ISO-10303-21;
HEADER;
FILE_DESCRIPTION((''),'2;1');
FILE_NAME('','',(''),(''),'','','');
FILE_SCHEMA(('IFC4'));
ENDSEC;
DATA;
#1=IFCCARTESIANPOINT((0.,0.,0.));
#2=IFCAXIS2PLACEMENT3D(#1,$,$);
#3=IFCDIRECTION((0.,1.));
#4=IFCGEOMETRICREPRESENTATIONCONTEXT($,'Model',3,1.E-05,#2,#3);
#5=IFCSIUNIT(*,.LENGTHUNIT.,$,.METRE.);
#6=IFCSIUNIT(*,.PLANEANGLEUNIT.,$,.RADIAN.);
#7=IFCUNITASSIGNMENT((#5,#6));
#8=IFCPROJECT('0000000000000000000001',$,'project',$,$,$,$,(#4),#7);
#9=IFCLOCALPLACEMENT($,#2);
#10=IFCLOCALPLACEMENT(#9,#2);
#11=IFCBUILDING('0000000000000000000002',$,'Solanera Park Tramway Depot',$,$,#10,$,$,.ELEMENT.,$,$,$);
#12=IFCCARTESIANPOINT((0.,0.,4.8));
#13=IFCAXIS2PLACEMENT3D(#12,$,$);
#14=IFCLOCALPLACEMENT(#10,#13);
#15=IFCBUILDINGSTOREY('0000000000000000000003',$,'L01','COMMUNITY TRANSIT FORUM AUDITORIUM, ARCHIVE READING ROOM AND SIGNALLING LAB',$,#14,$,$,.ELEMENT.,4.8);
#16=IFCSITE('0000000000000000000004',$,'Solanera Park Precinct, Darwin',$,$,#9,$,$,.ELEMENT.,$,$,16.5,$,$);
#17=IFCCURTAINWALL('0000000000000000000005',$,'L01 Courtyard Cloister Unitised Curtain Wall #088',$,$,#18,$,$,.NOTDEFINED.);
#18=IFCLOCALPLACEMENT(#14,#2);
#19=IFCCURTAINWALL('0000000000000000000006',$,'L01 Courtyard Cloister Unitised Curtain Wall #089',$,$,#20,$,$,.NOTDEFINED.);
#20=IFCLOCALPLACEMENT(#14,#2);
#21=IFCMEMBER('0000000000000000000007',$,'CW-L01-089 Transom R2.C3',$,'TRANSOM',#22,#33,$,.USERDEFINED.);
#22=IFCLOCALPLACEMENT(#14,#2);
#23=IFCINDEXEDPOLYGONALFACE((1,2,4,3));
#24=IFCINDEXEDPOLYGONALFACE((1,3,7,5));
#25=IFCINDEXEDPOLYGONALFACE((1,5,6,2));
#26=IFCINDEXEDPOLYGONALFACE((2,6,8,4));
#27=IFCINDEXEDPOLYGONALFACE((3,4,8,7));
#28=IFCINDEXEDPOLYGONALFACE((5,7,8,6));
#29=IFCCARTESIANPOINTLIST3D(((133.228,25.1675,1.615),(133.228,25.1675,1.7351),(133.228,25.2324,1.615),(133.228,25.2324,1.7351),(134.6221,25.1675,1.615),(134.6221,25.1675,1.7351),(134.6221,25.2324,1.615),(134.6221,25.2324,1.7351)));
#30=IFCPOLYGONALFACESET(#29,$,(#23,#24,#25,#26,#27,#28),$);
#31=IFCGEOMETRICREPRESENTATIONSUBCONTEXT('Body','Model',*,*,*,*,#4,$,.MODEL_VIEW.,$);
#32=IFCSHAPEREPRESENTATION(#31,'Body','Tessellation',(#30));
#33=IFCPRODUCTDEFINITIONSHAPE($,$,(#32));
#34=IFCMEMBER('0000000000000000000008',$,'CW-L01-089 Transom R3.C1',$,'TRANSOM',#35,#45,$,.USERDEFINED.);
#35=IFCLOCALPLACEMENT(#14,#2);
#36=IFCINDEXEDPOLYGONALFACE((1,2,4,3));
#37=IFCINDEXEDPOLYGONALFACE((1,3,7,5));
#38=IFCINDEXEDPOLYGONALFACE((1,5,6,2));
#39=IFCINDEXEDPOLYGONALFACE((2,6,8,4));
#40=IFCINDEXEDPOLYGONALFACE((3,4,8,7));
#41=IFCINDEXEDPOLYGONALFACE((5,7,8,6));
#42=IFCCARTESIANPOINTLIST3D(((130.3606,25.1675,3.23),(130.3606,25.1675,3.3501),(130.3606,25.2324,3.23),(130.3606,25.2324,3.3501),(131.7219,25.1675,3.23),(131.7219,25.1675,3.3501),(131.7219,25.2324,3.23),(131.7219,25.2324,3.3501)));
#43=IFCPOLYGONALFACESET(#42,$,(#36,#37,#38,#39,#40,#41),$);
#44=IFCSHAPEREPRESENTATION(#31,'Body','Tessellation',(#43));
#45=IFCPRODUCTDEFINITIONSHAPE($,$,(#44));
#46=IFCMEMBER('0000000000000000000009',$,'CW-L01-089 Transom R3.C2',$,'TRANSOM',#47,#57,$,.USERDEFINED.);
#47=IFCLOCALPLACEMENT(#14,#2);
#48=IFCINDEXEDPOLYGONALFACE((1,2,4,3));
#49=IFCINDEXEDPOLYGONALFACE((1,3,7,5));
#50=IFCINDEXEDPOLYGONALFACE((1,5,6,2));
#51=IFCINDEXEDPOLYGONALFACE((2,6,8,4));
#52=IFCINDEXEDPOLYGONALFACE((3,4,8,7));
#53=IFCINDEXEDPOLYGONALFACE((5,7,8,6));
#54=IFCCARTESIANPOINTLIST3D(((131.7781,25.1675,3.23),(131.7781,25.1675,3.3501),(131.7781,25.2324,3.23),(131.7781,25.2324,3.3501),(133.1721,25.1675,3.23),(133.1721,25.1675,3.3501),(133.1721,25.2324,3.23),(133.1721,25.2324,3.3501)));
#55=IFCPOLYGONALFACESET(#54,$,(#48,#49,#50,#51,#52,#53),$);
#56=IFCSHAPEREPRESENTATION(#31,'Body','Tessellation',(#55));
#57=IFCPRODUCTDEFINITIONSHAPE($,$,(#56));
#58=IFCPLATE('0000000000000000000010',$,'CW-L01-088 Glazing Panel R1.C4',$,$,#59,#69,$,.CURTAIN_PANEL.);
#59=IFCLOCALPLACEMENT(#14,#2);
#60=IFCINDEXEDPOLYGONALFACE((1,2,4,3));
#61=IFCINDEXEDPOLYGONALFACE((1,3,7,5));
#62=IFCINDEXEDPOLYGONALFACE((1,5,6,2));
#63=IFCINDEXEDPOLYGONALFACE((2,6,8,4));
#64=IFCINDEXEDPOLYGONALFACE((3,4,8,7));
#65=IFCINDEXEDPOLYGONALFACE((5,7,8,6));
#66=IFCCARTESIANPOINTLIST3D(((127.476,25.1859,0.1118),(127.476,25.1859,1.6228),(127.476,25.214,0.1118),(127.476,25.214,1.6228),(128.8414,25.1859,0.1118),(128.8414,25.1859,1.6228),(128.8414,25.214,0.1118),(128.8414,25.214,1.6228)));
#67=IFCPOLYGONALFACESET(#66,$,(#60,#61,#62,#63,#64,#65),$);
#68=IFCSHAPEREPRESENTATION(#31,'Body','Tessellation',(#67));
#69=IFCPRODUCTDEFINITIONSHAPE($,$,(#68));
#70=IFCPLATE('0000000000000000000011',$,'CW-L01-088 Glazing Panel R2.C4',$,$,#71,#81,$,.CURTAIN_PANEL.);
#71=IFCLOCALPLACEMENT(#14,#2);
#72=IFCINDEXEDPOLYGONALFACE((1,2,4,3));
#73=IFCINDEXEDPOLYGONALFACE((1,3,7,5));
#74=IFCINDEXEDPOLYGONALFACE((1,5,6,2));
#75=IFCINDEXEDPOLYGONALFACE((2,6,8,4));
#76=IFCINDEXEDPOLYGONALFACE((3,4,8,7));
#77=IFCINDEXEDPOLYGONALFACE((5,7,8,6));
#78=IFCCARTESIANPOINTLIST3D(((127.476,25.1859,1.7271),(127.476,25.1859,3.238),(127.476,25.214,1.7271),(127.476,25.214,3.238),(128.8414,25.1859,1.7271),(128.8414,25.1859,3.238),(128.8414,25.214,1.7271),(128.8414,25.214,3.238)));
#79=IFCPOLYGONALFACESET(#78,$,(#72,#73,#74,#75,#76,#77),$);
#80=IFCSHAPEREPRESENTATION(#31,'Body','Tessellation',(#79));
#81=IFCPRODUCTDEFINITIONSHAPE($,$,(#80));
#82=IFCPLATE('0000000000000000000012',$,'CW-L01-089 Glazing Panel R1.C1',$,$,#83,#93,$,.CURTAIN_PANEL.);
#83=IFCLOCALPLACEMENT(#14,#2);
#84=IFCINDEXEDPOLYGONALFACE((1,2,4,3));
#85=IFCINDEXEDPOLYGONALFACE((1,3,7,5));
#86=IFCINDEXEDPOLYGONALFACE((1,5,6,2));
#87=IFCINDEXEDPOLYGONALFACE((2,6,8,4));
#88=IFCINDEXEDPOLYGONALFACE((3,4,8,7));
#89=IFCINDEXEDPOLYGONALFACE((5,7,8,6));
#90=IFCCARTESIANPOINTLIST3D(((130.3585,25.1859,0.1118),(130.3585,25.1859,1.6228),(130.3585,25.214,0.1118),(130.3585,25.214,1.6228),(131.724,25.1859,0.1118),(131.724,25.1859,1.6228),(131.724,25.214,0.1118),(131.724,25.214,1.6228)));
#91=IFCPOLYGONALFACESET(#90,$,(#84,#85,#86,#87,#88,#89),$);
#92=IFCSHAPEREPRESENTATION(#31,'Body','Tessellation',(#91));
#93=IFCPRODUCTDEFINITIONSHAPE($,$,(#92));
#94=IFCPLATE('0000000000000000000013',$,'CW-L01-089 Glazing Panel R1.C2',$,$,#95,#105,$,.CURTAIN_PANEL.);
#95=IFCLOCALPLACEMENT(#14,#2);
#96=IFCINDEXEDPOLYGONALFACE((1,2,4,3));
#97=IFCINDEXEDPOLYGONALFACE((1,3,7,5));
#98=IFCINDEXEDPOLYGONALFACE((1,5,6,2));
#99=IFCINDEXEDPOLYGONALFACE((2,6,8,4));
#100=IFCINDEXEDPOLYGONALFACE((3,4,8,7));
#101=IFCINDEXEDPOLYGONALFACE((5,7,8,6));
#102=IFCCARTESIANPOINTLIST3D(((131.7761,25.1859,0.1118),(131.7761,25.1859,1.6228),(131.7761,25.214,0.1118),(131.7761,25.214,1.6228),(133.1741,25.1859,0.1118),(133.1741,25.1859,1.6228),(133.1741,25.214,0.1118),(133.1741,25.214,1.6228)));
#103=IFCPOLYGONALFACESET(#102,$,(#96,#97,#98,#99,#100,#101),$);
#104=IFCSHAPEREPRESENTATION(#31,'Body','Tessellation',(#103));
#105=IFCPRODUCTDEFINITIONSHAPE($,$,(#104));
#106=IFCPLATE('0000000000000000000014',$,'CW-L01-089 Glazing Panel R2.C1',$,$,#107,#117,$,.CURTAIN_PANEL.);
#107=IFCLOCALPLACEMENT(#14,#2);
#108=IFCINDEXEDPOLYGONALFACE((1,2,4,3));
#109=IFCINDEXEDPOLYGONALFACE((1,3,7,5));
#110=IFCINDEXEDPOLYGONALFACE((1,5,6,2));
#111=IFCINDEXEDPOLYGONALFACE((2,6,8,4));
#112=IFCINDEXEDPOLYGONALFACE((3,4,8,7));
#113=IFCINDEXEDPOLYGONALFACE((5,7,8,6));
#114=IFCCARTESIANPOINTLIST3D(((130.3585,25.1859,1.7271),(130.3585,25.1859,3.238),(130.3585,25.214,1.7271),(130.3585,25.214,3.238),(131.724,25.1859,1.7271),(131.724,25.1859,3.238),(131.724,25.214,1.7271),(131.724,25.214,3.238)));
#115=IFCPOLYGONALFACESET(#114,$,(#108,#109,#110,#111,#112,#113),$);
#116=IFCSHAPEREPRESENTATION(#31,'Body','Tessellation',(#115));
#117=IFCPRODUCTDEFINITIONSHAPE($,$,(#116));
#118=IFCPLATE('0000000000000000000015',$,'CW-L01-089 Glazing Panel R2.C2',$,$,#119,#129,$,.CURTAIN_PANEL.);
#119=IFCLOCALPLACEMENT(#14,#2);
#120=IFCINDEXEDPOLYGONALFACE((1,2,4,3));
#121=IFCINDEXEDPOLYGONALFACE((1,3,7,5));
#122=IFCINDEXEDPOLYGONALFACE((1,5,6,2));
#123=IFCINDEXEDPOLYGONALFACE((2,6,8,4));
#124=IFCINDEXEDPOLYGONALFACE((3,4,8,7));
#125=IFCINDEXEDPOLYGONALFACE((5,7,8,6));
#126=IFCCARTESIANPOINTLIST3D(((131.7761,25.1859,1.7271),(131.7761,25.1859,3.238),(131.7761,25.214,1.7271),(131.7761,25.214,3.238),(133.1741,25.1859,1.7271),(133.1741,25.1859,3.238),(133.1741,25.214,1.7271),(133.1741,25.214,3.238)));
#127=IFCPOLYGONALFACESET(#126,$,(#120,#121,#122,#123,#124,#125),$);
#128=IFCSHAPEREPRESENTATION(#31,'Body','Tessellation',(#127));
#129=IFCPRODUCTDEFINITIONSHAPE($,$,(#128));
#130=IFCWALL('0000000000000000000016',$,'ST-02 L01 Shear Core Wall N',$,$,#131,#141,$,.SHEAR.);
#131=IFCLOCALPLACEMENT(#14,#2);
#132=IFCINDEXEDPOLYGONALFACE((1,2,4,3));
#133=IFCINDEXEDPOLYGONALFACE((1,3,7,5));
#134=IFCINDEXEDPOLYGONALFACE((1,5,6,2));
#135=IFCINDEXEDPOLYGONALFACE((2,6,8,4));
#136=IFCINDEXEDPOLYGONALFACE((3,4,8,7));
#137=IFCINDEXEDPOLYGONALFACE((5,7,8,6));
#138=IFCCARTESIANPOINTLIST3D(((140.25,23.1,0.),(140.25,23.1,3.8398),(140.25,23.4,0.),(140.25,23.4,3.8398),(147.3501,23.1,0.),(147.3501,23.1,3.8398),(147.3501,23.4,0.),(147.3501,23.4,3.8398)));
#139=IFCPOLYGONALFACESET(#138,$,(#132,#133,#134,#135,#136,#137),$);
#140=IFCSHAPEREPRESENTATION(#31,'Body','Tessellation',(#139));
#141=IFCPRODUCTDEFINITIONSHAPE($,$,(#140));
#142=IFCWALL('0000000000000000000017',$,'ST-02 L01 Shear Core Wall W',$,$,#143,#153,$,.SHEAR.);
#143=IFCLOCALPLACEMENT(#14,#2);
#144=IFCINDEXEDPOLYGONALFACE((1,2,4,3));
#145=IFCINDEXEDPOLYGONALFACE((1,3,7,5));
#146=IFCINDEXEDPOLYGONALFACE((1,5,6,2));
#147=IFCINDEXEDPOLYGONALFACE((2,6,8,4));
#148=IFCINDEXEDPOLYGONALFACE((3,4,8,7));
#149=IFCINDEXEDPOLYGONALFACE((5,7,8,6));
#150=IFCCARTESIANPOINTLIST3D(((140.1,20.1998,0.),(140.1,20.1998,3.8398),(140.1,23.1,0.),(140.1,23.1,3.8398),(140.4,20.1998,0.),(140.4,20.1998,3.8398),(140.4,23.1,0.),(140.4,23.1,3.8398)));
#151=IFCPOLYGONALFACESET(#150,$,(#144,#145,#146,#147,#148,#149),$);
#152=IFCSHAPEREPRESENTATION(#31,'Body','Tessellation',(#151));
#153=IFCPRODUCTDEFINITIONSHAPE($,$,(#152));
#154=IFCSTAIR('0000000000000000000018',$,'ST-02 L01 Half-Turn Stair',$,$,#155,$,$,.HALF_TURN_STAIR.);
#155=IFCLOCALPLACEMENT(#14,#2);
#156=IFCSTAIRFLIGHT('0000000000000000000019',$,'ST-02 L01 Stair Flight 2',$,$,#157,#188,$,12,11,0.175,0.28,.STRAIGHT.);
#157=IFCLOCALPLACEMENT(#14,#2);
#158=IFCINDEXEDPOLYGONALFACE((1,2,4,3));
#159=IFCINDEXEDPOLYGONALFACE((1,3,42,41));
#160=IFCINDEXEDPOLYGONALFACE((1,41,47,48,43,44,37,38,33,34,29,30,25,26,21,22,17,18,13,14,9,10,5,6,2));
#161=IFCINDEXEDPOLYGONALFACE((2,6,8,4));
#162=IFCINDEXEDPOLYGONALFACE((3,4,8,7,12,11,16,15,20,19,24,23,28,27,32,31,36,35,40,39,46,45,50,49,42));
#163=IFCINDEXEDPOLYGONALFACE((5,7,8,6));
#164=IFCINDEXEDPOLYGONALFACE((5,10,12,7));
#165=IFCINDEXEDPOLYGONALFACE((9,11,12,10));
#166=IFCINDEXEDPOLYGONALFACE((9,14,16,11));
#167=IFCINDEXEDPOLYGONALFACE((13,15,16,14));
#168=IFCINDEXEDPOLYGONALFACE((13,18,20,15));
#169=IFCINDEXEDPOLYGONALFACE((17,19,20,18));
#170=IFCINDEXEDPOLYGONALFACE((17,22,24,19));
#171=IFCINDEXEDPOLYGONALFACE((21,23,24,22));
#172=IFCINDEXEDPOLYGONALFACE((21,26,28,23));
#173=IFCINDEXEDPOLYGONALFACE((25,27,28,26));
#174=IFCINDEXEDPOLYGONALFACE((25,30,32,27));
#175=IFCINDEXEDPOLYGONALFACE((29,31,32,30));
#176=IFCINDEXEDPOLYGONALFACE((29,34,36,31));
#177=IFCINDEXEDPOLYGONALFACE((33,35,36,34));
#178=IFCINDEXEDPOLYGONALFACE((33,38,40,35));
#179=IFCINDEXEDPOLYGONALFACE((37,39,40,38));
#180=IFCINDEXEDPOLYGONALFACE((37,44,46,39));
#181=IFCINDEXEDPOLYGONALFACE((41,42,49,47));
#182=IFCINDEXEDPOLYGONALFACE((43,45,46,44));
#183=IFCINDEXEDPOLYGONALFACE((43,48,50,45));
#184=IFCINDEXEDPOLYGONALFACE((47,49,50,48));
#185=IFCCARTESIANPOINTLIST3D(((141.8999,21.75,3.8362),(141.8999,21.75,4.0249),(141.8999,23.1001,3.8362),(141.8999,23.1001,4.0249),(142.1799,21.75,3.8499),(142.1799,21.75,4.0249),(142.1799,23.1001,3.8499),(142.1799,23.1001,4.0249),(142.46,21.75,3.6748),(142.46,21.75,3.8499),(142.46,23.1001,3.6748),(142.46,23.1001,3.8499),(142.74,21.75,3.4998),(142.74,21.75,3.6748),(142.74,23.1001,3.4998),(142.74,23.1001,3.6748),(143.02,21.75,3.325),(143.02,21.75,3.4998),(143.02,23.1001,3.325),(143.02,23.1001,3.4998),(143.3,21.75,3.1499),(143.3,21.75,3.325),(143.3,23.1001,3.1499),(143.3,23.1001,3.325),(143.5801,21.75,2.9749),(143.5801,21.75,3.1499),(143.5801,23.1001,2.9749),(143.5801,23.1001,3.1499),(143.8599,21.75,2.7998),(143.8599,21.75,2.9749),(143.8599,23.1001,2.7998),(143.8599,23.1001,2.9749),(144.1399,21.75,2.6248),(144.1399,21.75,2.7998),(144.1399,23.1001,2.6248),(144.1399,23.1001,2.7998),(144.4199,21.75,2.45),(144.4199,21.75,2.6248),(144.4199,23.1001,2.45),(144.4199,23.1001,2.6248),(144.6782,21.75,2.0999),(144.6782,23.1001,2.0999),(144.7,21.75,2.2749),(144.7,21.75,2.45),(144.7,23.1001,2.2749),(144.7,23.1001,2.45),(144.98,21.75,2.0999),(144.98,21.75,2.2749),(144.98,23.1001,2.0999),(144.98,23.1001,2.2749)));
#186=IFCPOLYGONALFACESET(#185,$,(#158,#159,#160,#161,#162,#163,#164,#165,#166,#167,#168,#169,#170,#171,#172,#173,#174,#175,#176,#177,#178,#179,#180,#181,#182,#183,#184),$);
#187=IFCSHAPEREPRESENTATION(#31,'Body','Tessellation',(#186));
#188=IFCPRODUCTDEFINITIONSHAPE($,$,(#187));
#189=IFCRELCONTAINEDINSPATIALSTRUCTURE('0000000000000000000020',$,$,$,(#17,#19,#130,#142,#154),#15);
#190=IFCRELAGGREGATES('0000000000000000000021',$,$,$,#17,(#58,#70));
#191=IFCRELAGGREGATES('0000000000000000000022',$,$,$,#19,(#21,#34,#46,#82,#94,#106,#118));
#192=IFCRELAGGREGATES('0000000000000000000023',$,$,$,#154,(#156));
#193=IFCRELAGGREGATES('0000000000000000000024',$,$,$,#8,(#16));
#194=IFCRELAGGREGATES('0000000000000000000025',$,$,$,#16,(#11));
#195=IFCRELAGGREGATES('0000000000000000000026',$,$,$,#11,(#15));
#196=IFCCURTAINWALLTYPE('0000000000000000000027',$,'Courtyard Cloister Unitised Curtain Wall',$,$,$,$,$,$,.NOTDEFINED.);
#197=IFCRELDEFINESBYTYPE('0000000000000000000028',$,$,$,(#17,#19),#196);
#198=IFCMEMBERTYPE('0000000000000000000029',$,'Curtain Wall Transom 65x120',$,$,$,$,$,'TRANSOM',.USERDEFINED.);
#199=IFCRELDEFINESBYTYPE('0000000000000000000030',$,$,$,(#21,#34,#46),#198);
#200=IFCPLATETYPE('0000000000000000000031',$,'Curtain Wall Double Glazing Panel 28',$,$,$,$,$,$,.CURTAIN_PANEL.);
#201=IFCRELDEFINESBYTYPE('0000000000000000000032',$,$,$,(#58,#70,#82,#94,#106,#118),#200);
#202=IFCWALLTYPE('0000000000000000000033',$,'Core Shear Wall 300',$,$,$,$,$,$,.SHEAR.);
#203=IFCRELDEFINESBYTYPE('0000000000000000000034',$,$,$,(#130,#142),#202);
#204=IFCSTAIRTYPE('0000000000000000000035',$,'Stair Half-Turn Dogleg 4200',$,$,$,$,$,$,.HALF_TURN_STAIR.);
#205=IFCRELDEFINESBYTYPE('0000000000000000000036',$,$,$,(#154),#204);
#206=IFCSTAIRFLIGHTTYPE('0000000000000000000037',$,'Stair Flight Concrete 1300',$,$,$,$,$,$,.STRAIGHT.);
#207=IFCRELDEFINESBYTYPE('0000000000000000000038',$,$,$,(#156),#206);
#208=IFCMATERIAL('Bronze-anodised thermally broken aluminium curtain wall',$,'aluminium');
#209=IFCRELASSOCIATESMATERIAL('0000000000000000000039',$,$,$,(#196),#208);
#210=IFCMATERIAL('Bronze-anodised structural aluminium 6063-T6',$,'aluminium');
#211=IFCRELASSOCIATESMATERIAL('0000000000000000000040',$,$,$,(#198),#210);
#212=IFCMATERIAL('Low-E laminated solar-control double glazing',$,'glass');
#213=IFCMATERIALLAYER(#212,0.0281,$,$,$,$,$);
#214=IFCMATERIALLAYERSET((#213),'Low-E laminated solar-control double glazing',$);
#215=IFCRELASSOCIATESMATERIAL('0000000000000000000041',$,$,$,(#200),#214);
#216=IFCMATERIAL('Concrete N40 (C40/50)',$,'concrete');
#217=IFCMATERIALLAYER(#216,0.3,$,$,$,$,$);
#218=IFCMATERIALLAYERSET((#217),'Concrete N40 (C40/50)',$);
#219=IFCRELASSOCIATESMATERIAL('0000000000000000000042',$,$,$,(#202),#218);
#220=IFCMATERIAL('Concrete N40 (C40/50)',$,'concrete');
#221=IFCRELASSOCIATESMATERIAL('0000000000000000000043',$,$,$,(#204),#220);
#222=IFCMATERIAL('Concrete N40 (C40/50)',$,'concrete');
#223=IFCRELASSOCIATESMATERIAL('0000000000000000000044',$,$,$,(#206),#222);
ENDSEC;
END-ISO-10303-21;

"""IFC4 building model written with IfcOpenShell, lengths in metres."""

from ifc_helpers import new_model, si_unit, direction, frame, frame_2d, origin, origin_2d, place, context, subcontext, project, spatial, polyline, rectangle, outline, extrude, material, layer, layer_set, material_profile, profile_set, type_object, element, aggregate, save


model = new_model("IFC4")

# Units and contexts
model_context = context("Model", 3, precision=1e-05, world=origin(), true_north=direction((0.0, 1.0)))
body_context = subcontext(model_context, "Body", "Model", "MODEL_VIEW")
ifc_project = project(units=[si_unit("LENGTHUNIT", "METRE"), si_unit("PLANEANGLEUNIT", "RADIAN")], contexts=[model_context])

# Site, building, storey
site_placement = place(None, origin())
site = spatial("IfcSite", under=ifc_project, at=site_placement, Name="Solanera Park Precinct, Darwin", CompositionType="ELEMENT", RefElevation=16.5)
building_placement = place(site_placement, origin())
building = spatial("IfcBuilding", under=site, at=building_placement, Name="Solanera Park Tramway Depot", CompositionType="ELEMENT")
storey_placement = place(building_placement, frame((0.0, 0.0, 4.8)))
storey = spatial("IfcBuildingStorey", under=building, at=storey_placement, Name="L01", Description="COMMUNITY TRANSIT FORUM AUDITORIUM, ARCHIVE READING ROOM AND SIGNALLING LAB", CompositionType="ELEMENT", Elevation=4.8)

# Curtain walls
ifc_material_1 = material(Name="Bronze-anodised thermally broken aluminium curtain wall", Category="aluminium")
curtain_wall_type = type_object("IfcCurtainWallType", Name="Courtyard Cloister Unitised Curtain Wall", PredefinedType="NOTDEFINED", material=ifc_material_1)
curtain_wall_1_placement = place(storey_placement, origin())
curtain_wall_1 = element("IfcCurtainWall", 1, at=curtain_wall_1_placement, inside=storey, type_object=curtain_wall_type, Name="L01 Courtyard Cloister Unitised Curtain Wall #088", PredefinedType="NOTDEFINED")
curtain_wall_2_placement = place(storey_placement, origin())
curtain_wall_2 = element("IfcCurtainWall", 2, at=curtain_wall_2_placement, inside=storey, type_object=curtain_wall_type, Name="L01 Courtyard Cloister Unitised Curtain Wall #089", PredefinedType="NOTDEFINED")

# Members
ifc_material_2 = material(Name="Bronze-anodised structural aluminium 6063-T6", Category="aluminium")
ifc_material_profile_1 = material_profile(ifc_material_2, rectangle(XDim=0.0649, YDim=0.1201, at=origin_2d()), Name="Curtain Wall Transom 65x120")
ifc_profile_set_1 = profile_set([ifc_material_profile_1], Name="Bronze-anodised structural aluminium 6063-T6")
member_type_1 = type_object("IfcMemberType", Name="Curtain Wall Transom 65x120", ElementType="TRANSOM", PredefinedType="USERDEFINED", material=ifc_profile_set_1)
member_1_placement = place(storey_placement, frame((133.228, 25.2, 1.675), z_axis=(1.0, 0.0, 0.0), x_axis=(0.0, 1.0, 0.0)))
member_1 = element("IfcMember", 3, at=member_1_placement, type_object=member_type_1, Name="CW-L01-089 Transom R2.C3", ObjectType="TRANSOM", PredefinedType="USERDEFINED", context=body_context, shape_type="SweptSolid", body=[
    extrude(rectangle(XDim=0.0649, YDim=0.1201, at=origin_2d()), origin(), (0.0, 0.0, 1.0), 1.394),
])
member_2_placement = place(storey_placement, frame((130.3606, 25.2, 3.29), z_axis=(1.0, 0.0, 0.0), x_axis=(0.0, 1.0, 0.0)))
member_2 = element("IfcMember", 4, at=member_2_placement, type_object=member_type_1, Name="CW-L01-089 Transom R3.C1", ObjectType="TRANSOM", PredefinedType="USERDEFINED", context=body_context, shape_type="SweptSolid", body=[
    extrude(rectangle(XDim=0.0649, YDim=0.1201, at=origin_2d()), origin(), (0.0, 0.0, 1.0), 1.3613),
])
member_3_placement = place(storey_placement, frame((131.7781, 25.2, 3.29), z_axis=(1.0, 0.0, 0.0), x_axis=(0.0, 1.0, 0.0)))
member_3 = element("IfcMember", 5, at=member_3_placement, type_object=member_type_1, Name="CW-L01-089 Transom R3.C2", ObjectType="TRANSOM", PredefinedType="USERDEFINED", context=body_context, shape_type="SweptSolid", body=[
    extrude(rectangle(XDim=0.0649, YDim=0.1201, at=origin_2d()), origin(), (0.0, 0.0, 1.0), 1.394),
])

# Plates
ifc_material_3 = material(Name="Low-E laminated solar-control double glazing", Category="glass")
ifc_layer_1 = layer(ifc_material_3, 0.0281)
ifc_layer_set_1 = layer_set([ifc_layer_1], Name="Low-E laminated solar-control double glazing")
plate_type = type_object("IfcPlateType", Name="Curtain Wall Double Glazing Panel 28", PredefinedType="CURTAIN_PANEL", material=ifc_layer_set_1)
plate_1_placement = place(storey_placement, frame((128.1587, 25.2, 0.1118), z_axis=(0.0, 0.0, 1.0), x_axis=(1.0, 0.0, 0.0)))
plate_1 = element("IfcPlate", 6, at=plate_1_placement, type_object=plate_type, Name="CW-L01-088 Glazing Panel R1.C4", PredefinedType="CURTAIN_PANEL", context=body_context, shape_type="SweptSolid", body=[
    extrude(rectangle(XDim=1.3655, YDim=0.0281, at=origin_2d()), origin(), (0.0, 0.0, 1.0), 1.511),
])
plate_2_placement = place(storey_placement, frame((128.1587, 25.2, 1.7271), z_axis=(0.0, 0.0, 1.0), x_axis=(1.0, 0.0, 0.0)))
plate_2 = element("IfcPlate", 7, at=plate_2_placement, type_object=plate_type, Name="CW-L01-088 Glazing Panel R2.C4", PredefinedType="CURTAIN_PANEL", context=body_context, shape_type="SweptSolid", body=[
    extrude(rectangle(XDim=1.3655, YDim=0.0281, at=origin_2d()), origin(), (0.0, 0.0, 1.0), 1.511),
])
aggregate(curtain_wall_1, [plate_1, plate_2])
plate_3_placement = place(storey_placement, frame((131.0413, 25.2, 0.1118), z_axis=(0.0, 0.0, 1.0), x_axis=(1.0, 0.0, 0.0)))
plate_3 = element("IfcPlate", 8, at=plate_3_placement, type_object=plate_type, Name="CW-L01-089 Glazing Panel R1.C1", PredefinedType="CURTAIN_PANEL", context=body_context, shape_type="SweptSolid", body=[
    extrude(rectangle(XDim=1.3655, YDim=0.0281, at=origin_2d()), origin(), (0.0, 0.0, 1.0), 1.511),
])
plate_4_placement = place(storey_placement, frame((132.4751, 25.2, 0.1118), z_axis=(0.0, 0.0, 1.0), x_axis=(1.0, 0.0, 0.0)))
plate_4 = element("IfcPlate", 9, at=plate_4_placement, type_object=plate_type, Name="CW-L01-089 Glazing Panel R1.C2", PredefinedType="CURTAIN_PANEL", context=body_context, shape_type="SweptSolid", body=[
    extrude(rectangle(XDim=1.3979, YDim=0.0281, at=origin_2d()), origin(), (0.0, 0.0, 1.0), 1.511),
])
plate_5_placement = place(storey_placement, frame((131.0413, 25.2, 1.7271), z_axis=(0.0, 0.0, 1.0), x_axis=(1.0, 0.0, 0.0)))
plate_5 = element("IfcPlate", 10, at=plate_5_placement, type_object=plate_type, Name="CW-L01-089 Glazing Panel R2.C1", PredefinedType="CURTAIN_PANEL", context=body_context, shape_type="SweptSolid", body=[
    extrude(rectangle(XDim=1.3655, YDim=0.0281, at=origin_2d()), origin(), (0.0, 0.0, 1.0), 1.511),
])
plate_6_placement = place(storey_placement, frame((132.4751, 25.2, 1.7271), z_axis=(0.0, 0.0, 1.0), x_axis=(1.0, 0.0, 0.0)))
plate_6 = element("IfcPlate", 11, at=plate_6_placement, type_object=plate_type, Name="CW-L01-089 Glazing Panel R2.C2", PredefinedType="CURTAIN_PANEL", context=body_context, shape_type="SweptSolid", body=[
    extrude(rectangle(XDim=1.3979, YDim=0.0281, at=origin_2d()), origin(), (0.0, 0.0, 1.0), 1.511),
])
aggregate(curtain_wall_2, [member_1, member_2, member_3, plate_3, plate_4, plate_5, plate_6])

# Walls
ifc_material_4 = material(Name="Concrete N40 (C40/50)", Category="concrete")
ifc_layer_2 = layer(ifc_material_4, 0.3)
ifc_layer_set_2 = layer_set([ifc_layer_2], Name="Concrete N40 (C40/50)")
wall_type_1 = type_object("IfcWallType", Name="Core Shear Wall 300", PredefinedType="SHEAR", material=ifc_layer_set_2)
wall_1_placement = place(storey_placement, frame((147.3501, 23.25, 0.0), z_axis=(0.0, 0.0, 1.0), x_axis=(-1.0, 0.0, 0.0)))
element("IfcWall", 12, at=wall_1_placement, inside=storey, type_object=wall_type_1, Name="ST-02 L01 Shear Core Wall N", PredefinedType="SHEAR", context=body_context, shape_type="SweptSolid", body=[
    extrude(rectangle(XDim=7.1001, YDim=0.3, at=frame_2d((3.55, 0.0))), origin(), (0.0, 0.0, 1.0), 3.8398),
])
wall_2_placement = place(storey_placement, frame((140.25, 23.1001, 0.0), z_axis=(0.0, 0.0, 1.0), x_axis=(0.0, -1.0, 0.0)))
element("IfcWall", 13, at=wall_2_placement, inside=storey, type_object=wall_type_1, Name="ST-02 L01 Shear Core Wall W", PredefinedType="SHEAR", context=body_context, shape_type="SweptSolid", body=[
    extrude(rectangle(XDim=2.9001, YDim=0.3, at=frame_2d((1.4502, 0.0))), origin(), (0.0, 0.0, 1.0), 3.8398),
])

# Stair, stair flight
ifc_material_5 = material(Name="Concrete N40 (C40/50)", Category="concrete")
stair_type = type_object("IfcStairType", Name="Stair Half-Turn Dogleg 4200", PredefinedType="HALF_TURN_STAIR", material=ifc_material_5)
stair_placement = place(storey_placement, origin())
stair = element("IfcStair", 14, at=stair_placement, inside=storey, type_object=stair_type, Name="ST-02 L01 Half-Turn Stair", PredefinedType="HALF_TURN_STAIR")
ifc_material_6 = material(Name="Concrete N40 (C40/50)", Category="concrete")
stair_flight_type = type_object("IfcStairFlightType", Name="Stair Flight Concrete 1300", PredefinedType="STRAIGHT", material=ifc_material_6)
stair_flight_placement = place(storey_placement, frame((144.98, 22.425, 2.0999), z_axis=(0.0, 0.0, 1.0), x_axis=(-1.0, 0.0, 0.0)))
stair_flight = element("IfcStairFlight", 15, at=stair_flight_placement, type_object=stair_flight_type, Name="ST-02 L01 Stair Flight 2", NumberOfRisers=12, NumberOfTreads=11, PredefinedType="STRAIGHT", RiserHeight=0.175, TreadLength=0.28, context=body_context, shape_type="SweptSolid", body=[
    extrude(outline(polyline([(0.0, 0.0), (0.0, 0.175), (0.28, 0.175), (0.28, 0.3501), (0.5601, 0.3501), (0.5601, 0.5249), (0.8401, 0.5249), (0.8401, 0.7), (1.1201, 0.7), (1.1201, 0.875), (1.3999, 0.875), (1.3999, 1.05), (1.6799, 1.05), (1.6799, 1.2251), (1.96, 1.2251), (1.96, 1.3999), (2.24, 1.3999), (2.24, 1.575), (2.52, 1.575), (2.52, 1.75), (2.8, 1.75), (2.8, 1.925), (3.0801, 1.925), (3.0801, 2.1001), (3.0801, 1.7363), (0.3018, 0.0), (0.0, 0.0)])), frame((0.0, 0.675, 0.0), z_axis=(0.0, -1.0, 0.0), x_axis=(1.0, 0.0, 0.0)), (0.0, 0.0, 1.0), 1.3501),
])
aggregate(stair, [stair_flight])

save(model, "model.ifc")
